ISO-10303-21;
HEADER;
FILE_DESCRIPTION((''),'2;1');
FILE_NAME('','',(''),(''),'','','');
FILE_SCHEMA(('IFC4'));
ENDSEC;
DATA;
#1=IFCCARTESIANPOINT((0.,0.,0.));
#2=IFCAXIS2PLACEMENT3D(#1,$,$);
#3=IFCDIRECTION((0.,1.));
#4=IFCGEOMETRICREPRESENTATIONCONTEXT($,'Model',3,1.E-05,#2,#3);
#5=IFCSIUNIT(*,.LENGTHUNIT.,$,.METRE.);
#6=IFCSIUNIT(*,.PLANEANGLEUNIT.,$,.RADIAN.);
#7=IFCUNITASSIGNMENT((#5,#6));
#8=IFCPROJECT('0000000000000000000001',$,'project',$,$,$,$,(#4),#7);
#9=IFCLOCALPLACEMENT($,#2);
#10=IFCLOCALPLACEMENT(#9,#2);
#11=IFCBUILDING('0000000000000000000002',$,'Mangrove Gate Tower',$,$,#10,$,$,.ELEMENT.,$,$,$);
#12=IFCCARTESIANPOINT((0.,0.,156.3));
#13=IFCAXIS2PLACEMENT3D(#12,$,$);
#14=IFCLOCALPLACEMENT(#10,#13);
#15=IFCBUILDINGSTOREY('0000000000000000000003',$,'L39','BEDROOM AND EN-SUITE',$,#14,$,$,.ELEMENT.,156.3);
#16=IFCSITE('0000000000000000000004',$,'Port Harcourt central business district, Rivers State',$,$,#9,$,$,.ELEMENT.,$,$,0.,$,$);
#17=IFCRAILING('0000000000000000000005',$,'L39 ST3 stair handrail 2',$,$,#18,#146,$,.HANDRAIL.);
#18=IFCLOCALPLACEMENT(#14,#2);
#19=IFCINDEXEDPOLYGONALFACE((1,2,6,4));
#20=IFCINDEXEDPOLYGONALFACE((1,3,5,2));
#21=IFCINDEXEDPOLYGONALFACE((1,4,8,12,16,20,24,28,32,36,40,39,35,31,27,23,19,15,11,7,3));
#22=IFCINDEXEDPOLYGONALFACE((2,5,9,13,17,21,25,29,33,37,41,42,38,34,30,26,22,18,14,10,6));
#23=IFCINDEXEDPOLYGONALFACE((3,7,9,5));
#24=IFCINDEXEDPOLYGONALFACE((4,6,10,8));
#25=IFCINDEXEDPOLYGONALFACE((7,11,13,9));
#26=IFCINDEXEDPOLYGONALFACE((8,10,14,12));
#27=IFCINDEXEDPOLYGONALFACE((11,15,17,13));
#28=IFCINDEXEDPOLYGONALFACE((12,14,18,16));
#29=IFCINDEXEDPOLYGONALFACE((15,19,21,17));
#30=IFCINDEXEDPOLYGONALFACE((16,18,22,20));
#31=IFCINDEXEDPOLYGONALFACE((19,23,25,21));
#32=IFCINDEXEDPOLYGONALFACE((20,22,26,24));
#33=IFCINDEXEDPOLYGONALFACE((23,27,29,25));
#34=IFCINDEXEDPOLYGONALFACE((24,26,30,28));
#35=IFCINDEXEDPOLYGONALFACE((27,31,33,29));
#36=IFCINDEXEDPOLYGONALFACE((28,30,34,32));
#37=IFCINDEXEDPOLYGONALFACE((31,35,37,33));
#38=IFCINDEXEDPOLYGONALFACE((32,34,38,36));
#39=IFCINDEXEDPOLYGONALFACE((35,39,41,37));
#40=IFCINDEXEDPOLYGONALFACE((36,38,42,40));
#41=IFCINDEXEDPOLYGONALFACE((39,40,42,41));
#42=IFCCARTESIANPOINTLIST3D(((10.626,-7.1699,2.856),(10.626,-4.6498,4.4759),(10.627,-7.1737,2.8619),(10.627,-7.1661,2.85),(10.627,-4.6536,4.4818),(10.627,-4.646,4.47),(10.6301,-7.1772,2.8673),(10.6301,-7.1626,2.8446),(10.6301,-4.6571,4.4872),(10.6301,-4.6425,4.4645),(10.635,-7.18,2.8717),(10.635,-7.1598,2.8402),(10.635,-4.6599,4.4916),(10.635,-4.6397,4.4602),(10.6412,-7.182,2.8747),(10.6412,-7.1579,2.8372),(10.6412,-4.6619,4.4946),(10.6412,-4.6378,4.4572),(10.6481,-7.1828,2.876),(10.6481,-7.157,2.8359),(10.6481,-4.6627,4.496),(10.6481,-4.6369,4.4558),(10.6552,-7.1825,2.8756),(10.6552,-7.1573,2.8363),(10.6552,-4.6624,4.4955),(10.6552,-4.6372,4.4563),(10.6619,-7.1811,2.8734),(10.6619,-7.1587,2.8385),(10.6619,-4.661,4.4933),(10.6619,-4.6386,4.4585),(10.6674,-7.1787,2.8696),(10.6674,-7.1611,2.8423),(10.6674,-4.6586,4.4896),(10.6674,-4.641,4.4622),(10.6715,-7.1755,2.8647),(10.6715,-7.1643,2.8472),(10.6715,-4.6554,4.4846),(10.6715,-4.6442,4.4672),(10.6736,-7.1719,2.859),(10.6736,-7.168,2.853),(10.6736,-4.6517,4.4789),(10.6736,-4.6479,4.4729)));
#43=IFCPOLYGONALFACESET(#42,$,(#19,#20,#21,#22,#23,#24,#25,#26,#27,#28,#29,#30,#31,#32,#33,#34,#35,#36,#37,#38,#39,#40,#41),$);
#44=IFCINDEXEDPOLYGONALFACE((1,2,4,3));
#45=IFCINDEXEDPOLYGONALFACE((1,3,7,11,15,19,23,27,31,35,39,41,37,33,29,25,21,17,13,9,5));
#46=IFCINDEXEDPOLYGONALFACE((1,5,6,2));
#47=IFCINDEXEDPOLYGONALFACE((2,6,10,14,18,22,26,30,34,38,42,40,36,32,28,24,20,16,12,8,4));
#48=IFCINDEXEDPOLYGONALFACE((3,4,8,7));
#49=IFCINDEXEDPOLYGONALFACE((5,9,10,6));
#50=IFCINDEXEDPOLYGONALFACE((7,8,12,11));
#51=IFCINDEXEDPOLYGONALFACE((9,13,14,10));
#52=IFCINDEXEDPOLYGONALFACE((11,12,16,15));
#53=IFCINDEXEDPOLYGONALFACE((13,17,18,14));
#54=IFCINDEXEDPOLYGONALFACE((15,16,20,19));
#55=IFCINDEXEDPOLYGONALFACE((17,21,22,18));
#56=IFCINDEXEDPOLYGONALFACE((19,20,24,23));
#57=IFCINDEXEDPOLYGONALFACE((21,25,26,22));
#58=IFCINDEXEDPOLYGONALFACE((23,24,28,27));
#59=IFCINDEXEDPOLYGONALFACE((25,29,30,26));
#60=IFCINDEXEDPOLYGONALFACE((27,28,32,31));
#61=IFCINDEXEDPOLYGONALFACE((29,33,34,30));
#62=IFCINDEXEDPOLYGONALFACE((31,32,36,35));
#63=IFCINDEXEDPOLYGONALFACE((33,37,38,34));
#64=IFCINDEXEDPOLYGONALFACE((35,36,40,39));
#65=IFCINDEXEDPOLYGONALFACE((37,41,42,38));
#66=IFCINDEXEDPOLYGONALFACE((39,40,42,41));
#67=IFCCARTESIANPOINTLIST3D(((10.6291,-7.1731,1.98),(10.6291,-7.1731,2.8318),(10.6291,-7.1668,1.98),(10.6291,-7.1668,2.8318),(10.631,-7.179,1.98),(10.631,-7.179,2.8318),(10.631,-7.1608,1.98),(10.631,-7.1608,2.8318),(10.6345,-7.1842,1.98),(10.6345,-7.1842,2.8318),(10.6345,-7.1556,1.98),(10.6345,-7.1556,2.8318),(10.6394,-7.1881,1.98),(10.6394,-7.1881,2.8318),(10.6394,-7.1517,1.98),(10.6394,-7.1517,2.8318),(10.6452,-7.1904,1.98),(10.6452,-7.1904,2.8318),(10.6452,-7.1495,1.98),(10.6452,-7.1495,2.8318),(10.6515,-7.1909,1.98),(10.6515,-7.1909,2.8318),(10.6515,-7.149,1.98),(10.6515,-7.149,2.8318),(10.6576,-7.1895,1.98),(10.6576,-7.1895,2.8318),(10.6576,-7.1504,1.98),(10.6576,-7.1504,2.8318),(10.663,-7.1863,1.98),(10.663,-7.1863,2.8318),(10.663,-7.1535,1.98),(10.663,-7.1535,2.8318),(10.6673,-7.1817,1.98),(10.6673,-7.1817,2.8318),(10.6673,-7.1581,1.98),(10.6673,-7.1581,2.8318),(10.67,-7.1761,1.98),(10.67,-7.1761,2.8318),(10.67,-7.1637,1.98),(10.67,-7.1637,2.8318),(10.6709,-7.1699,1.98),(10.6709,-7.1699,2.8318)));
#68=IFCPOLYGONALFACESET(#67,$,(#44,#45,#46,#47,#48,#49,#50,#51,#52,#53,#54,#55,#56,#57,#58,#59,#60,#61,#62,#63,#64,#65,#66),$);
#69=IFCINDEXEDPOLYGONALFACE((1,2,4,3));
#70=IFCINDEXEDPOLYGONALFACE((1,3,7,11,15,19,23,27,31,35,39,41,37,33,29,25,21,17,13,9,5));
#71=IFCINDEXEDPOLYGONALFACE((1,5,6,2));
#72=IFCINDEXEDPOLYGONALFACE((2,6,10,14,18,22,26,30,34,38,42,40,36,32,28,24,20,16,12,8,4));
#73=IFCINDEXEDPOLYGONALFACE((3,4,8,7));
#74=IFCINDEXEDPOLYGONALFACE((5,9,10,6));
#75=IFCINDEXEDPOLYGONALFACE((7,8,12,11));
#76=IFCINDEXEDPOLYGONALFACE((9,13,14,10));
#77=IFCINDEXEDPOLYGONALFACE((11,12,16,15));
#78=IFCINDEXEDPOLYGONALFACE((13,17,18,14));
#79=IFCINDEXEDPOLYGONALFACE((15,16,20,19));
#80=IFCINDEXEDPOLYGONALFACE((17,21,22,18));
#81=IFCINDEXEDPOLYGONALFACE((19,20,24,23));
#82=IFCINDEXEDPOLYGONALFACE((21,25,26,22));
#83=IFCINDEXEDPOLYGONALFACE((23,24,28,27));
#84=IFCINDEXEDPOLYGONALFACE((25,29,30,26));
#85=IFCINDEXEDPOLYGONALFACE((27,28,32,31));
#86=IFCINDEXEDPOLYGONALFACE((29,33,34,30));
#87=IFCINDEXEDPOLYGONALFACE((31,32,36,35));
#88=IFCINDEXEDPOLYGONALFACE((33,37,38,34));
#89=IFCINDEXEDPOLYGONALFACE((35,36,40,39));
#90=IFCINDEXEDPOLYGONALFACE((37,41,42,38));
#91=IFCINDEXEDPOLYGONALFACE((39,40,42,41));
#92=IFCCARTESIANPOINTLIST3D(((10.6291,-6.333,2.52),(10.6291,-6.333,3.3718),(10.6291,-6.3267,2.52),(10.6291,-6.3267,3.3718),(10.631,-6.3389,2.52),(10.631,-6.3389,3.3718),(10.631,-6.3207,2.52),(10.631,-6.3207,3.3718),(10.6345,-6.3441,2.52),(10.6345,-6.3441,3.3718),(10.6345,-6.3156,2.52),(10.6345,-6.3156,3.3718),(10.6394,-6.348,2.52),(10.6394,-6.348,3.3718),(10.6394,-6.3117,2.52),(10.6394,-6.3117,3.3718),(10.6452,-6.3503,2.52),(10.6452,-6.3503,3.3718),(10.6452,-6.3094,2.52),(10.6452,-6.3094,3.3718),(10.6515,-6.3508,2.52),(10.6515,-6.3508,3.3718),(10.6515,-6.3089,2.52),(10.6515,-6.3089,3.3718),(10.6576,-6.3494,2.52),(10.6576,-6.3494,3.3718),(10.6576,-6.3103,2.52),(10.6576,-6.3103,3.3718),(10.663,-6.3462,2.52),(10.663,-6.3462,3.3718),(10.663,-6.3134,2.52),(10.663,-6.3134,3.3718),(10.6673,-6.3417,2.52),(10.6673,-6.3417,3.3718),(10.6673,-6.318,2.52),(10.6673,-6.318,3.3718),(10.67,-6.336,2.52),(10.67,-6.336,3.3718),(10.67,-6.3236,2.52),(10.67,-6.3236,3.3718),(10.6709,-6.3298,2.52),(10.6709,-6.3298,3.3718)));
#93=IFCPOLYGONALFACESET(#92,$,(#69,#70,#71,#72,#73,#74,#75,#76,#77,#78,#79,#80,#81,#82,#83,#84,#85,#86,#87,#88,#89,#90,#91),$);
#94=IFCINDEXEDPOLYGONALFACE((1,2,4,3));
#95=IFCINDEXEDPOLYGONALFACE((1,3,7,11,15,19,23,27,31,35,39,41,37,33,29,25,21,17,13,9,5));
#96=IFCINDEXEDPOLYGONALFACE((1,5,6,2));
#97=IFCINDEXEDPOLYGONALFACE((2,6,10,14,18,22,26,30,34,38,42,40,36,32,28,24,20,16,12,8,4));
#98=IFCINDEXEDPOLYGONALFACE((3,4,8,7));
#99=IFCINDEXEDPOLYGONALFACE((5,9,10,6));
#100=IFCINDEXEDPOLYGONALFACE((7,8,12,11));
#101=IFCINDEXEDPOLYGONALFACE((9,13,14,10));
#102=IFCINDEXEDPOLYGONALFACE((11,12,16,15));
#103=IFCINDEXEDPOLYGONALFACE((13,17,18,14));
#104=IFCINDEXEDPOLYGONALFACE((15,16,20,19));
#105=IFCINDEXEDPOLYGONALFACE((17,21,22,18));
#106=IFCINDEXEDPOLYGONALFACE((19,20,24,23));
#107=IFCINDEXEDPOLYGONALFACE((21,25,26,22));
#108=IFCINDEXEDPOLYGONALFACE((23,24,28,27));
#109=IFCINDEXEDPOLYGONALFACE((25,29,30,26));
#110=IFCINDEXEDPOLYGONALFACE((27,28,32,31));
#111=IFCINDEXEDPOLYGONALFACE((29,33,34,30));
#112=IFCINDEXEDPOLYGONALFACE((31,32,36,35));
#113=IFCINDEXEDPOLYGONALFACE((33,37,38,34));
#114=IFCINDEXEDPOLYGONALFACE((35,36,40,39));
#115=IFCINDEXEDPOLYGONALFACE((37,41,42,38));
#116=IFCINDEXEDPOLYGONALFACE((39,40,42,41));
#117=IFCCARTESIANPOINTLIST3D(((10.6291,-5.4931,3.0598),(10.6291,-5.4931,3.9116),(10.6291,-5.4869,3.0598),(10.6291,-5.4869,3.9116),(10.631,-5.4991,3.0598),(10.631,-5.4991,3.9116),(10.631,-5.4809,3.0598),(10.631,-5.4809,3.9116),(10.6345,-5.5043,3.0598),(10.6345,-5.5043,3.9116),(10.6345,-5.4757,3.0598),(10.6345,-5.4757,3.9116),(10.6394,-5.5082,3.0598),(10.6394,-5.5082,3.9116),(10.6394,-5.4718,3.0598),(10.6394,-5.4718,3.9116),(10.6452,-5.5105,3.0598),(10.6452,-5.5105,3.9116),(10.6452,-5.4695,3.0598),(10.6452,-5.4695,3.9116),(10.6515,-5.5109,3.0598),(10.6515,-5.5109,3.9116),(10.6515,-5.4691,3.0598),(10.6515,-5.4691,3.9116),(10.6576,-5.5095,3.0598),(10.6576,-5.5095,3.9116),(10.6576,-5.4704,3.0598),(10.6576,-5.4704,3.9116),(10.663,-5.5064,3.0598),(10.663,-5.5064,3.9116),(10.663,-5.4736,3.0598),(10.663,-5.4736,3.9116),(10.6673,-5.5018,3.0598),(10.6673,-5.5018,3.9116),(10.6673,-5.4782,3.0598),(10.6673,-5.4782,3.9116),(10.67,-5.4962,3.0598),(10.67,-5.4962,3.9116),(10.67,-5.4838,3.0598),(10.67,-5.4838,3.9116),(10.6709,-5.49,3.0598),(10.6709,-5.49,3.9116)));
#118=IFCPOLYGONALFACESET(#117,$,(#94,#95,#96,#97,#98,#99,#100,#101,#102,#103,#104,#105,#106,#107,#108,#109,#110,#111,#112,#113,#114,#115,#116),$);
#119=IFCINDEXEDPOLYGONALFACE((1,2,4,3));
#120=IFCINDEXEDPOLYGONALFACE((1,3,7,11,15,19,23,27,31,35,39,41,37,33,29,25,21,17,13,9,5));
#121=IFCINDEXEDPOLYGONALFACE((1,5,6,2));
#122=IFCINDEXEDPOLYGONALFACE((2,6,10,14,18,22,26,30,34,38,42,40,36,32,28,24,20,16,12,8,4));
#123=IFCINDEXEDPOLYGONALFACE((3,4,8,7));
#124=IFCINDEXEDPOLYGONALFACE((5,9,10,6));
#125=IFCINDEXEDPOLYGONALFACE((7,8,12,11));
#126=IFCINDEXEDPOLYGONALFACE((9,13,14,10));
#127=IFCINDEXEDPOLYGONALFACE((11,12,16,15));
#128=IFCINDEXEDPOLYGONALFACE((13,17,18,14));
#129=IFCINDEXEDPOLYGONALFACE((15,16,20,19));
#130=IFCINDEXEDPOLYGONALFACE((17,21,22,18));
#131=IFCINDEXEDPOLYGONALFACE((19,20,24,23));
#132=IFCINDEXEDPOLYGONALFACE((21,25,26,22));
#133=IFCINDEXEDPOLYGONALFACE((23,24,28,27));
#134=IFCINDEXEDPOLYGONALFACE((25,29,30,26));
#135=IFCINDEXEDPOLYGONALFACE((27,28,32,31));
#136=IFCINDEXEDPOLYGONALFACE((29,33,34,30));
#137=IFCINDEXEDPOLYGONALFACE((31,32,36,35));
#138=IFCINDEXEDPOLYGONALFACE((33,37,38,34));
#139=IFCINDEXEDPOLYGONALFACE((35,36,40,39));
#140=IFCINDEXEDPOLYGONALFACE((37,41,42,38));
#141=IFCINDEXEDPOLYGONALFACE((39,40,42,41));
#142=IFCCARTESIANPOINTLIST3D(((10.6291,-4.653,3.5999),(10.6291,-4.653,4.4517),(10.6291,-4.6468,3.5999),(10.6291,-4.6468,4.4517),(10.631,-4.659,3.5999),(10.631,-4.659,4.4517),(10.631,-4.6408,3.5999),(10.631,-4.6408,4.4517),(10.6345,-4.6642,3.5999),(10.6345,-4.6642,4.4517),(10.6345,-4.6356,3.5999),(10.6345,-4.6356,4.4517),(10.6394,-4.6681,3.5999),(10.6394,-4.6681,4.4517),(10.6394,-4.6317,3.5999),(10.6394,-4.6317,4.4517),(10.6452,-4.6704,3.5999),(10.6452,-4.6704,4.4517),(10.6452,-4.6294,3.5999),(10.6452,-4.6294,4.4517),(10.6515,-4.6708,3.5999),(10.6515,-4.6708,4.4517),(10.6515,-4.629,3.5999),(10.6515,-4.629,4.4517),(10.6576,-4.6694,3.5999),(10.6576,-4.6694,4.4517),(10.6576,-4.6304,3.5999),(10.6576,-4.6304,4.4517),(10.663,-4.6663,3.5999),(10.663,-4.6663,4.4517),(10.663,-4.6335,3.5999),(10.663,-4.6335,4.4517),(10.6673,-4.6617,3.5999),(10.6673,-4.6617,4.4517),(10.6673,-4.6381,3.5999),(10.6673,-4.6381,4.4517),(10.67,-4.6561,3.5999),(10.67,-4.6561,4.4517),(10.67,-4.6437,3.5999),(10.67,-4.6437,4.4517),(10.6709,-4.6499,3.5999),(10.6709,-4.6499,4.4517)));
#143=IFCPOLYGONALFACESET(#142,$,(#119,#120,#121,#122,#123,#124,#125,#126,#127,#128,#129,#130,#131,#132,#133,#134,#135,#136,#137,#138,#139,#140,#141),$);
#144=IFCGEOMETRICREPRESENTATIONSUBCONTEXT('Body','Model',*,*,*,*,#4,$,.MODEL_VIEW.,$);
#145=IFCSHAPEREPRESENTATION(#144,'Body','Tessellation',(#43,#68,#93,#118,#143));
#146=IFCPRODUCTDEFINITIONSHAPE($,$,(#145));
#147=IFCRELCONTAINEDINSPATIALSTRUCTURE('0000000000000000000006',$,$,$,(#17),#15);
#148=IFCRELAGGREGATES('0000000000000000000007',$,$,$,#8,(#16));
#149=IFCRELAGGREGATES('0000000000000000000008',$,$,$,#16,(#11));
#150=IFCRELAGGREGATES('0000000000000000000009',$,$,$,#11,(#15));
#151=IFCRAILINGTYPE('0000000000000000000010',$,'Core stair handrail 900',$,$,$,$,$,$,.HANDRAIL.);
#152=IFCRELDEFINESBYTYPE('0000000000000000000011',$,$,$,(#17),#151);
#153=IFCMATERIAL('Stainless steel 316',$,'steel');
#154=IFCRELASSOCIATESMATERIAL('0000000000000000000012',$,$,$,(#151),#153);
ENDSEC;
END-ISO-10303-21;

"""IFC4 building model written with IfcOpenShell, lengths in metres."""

from ifc_helpers import new_model, si_unit, direction, frame, origin, origin_2d, place, context, subcontext, project, spatial, circle, extrude, material, type_object, element, save


model = new_model("IFC4")

# Units and contexts
model_context = context("Model", 3, precision=1e-05, world=origin(), true_north=direction((0.0, 1.0)))
body_context = subcontext(model_context, "Body", "Model", "MODEL_VIEW")
ifc_project = project(units=[si_unit("LENGTHUNIT", "METRE"), si_unit("PLANEANGLEUNIT", "RADIAN")], contexts=[model_context])

# Site, building, storey
site_placement = place(None, origin())
site = spatial("IfcSite", under=ifc_project, at=site_placement, Name="Port Harcourt central business district, Rivers State", CompositionType="ELEMENT", RefElevation=0.0)
building_placement = place(site_placement, origin())
building = spatial("IfcBuilding", under=site, at=building_placement, Name="Mangrove Gate Tower", CompositionType="ELEMENT")
storey_placement = place(building_placement, frame((0.0, 0.0, 156.3)))
storey = spatial("IfcBuildingStorey", under=building, at=storey_placement, Name="L39", Description="BEDROOM AND EN-SUITE", CompositionType="ELEMENT", Elevation=156.3)

# Railing
ifc_material_1 = material(Name="Stainless steel 316", Category="steel")
railing_type_1 = type_object("IfcRailingType", Name="Core stair handrail 900", PredefinedType="HANDRAIL", material=ifc_material_1)
railing_1_placement = place(storey_placement, frame((10.6499, -7.1699, 1.98)))
element("IfcRailing", 1, at=railing_1_placement, inside=storey, type_object=railing_type_1, Name="L39 ST3 stair handrail 2", PredefinedType="HANDRAIL", context=body_context, shape_type="SweptSolid", body=[
    extrude(circle(Radius=0.0239, at=origin_2d()), frame((0.0, 0.0, 0.876), z_axis=(0.0, 0.8412, 0.540725), x_axis=(-1.0, 0.0, 0.0)), (0.0, 0.0, 1.0), 2.9958),
    extrude(circle(Radius=0.021, at=origin_2d()), origin(), (0.0, 0.0, 1.0), 0.8518),
    extrude(circle(Radius=0.021, at=origin_2d()), frame((0.0, 0.8401, 0.54)), (0.0, 0.0, 1.0), 0.8518),
    extrude(circle(Radius=0.021, at=origin_2d()), frame((0.0, 1.6799, 1.0798)), (0.0, 0.0, 1.0), 0.8518),
    extrude(circle(Radius=0.021, at=origin_2d()), frame((0.0, 2.52, 1.6199)), (0.0, 0.0, 1.0), 0.8518),
])

save(model, "model.ifc")
